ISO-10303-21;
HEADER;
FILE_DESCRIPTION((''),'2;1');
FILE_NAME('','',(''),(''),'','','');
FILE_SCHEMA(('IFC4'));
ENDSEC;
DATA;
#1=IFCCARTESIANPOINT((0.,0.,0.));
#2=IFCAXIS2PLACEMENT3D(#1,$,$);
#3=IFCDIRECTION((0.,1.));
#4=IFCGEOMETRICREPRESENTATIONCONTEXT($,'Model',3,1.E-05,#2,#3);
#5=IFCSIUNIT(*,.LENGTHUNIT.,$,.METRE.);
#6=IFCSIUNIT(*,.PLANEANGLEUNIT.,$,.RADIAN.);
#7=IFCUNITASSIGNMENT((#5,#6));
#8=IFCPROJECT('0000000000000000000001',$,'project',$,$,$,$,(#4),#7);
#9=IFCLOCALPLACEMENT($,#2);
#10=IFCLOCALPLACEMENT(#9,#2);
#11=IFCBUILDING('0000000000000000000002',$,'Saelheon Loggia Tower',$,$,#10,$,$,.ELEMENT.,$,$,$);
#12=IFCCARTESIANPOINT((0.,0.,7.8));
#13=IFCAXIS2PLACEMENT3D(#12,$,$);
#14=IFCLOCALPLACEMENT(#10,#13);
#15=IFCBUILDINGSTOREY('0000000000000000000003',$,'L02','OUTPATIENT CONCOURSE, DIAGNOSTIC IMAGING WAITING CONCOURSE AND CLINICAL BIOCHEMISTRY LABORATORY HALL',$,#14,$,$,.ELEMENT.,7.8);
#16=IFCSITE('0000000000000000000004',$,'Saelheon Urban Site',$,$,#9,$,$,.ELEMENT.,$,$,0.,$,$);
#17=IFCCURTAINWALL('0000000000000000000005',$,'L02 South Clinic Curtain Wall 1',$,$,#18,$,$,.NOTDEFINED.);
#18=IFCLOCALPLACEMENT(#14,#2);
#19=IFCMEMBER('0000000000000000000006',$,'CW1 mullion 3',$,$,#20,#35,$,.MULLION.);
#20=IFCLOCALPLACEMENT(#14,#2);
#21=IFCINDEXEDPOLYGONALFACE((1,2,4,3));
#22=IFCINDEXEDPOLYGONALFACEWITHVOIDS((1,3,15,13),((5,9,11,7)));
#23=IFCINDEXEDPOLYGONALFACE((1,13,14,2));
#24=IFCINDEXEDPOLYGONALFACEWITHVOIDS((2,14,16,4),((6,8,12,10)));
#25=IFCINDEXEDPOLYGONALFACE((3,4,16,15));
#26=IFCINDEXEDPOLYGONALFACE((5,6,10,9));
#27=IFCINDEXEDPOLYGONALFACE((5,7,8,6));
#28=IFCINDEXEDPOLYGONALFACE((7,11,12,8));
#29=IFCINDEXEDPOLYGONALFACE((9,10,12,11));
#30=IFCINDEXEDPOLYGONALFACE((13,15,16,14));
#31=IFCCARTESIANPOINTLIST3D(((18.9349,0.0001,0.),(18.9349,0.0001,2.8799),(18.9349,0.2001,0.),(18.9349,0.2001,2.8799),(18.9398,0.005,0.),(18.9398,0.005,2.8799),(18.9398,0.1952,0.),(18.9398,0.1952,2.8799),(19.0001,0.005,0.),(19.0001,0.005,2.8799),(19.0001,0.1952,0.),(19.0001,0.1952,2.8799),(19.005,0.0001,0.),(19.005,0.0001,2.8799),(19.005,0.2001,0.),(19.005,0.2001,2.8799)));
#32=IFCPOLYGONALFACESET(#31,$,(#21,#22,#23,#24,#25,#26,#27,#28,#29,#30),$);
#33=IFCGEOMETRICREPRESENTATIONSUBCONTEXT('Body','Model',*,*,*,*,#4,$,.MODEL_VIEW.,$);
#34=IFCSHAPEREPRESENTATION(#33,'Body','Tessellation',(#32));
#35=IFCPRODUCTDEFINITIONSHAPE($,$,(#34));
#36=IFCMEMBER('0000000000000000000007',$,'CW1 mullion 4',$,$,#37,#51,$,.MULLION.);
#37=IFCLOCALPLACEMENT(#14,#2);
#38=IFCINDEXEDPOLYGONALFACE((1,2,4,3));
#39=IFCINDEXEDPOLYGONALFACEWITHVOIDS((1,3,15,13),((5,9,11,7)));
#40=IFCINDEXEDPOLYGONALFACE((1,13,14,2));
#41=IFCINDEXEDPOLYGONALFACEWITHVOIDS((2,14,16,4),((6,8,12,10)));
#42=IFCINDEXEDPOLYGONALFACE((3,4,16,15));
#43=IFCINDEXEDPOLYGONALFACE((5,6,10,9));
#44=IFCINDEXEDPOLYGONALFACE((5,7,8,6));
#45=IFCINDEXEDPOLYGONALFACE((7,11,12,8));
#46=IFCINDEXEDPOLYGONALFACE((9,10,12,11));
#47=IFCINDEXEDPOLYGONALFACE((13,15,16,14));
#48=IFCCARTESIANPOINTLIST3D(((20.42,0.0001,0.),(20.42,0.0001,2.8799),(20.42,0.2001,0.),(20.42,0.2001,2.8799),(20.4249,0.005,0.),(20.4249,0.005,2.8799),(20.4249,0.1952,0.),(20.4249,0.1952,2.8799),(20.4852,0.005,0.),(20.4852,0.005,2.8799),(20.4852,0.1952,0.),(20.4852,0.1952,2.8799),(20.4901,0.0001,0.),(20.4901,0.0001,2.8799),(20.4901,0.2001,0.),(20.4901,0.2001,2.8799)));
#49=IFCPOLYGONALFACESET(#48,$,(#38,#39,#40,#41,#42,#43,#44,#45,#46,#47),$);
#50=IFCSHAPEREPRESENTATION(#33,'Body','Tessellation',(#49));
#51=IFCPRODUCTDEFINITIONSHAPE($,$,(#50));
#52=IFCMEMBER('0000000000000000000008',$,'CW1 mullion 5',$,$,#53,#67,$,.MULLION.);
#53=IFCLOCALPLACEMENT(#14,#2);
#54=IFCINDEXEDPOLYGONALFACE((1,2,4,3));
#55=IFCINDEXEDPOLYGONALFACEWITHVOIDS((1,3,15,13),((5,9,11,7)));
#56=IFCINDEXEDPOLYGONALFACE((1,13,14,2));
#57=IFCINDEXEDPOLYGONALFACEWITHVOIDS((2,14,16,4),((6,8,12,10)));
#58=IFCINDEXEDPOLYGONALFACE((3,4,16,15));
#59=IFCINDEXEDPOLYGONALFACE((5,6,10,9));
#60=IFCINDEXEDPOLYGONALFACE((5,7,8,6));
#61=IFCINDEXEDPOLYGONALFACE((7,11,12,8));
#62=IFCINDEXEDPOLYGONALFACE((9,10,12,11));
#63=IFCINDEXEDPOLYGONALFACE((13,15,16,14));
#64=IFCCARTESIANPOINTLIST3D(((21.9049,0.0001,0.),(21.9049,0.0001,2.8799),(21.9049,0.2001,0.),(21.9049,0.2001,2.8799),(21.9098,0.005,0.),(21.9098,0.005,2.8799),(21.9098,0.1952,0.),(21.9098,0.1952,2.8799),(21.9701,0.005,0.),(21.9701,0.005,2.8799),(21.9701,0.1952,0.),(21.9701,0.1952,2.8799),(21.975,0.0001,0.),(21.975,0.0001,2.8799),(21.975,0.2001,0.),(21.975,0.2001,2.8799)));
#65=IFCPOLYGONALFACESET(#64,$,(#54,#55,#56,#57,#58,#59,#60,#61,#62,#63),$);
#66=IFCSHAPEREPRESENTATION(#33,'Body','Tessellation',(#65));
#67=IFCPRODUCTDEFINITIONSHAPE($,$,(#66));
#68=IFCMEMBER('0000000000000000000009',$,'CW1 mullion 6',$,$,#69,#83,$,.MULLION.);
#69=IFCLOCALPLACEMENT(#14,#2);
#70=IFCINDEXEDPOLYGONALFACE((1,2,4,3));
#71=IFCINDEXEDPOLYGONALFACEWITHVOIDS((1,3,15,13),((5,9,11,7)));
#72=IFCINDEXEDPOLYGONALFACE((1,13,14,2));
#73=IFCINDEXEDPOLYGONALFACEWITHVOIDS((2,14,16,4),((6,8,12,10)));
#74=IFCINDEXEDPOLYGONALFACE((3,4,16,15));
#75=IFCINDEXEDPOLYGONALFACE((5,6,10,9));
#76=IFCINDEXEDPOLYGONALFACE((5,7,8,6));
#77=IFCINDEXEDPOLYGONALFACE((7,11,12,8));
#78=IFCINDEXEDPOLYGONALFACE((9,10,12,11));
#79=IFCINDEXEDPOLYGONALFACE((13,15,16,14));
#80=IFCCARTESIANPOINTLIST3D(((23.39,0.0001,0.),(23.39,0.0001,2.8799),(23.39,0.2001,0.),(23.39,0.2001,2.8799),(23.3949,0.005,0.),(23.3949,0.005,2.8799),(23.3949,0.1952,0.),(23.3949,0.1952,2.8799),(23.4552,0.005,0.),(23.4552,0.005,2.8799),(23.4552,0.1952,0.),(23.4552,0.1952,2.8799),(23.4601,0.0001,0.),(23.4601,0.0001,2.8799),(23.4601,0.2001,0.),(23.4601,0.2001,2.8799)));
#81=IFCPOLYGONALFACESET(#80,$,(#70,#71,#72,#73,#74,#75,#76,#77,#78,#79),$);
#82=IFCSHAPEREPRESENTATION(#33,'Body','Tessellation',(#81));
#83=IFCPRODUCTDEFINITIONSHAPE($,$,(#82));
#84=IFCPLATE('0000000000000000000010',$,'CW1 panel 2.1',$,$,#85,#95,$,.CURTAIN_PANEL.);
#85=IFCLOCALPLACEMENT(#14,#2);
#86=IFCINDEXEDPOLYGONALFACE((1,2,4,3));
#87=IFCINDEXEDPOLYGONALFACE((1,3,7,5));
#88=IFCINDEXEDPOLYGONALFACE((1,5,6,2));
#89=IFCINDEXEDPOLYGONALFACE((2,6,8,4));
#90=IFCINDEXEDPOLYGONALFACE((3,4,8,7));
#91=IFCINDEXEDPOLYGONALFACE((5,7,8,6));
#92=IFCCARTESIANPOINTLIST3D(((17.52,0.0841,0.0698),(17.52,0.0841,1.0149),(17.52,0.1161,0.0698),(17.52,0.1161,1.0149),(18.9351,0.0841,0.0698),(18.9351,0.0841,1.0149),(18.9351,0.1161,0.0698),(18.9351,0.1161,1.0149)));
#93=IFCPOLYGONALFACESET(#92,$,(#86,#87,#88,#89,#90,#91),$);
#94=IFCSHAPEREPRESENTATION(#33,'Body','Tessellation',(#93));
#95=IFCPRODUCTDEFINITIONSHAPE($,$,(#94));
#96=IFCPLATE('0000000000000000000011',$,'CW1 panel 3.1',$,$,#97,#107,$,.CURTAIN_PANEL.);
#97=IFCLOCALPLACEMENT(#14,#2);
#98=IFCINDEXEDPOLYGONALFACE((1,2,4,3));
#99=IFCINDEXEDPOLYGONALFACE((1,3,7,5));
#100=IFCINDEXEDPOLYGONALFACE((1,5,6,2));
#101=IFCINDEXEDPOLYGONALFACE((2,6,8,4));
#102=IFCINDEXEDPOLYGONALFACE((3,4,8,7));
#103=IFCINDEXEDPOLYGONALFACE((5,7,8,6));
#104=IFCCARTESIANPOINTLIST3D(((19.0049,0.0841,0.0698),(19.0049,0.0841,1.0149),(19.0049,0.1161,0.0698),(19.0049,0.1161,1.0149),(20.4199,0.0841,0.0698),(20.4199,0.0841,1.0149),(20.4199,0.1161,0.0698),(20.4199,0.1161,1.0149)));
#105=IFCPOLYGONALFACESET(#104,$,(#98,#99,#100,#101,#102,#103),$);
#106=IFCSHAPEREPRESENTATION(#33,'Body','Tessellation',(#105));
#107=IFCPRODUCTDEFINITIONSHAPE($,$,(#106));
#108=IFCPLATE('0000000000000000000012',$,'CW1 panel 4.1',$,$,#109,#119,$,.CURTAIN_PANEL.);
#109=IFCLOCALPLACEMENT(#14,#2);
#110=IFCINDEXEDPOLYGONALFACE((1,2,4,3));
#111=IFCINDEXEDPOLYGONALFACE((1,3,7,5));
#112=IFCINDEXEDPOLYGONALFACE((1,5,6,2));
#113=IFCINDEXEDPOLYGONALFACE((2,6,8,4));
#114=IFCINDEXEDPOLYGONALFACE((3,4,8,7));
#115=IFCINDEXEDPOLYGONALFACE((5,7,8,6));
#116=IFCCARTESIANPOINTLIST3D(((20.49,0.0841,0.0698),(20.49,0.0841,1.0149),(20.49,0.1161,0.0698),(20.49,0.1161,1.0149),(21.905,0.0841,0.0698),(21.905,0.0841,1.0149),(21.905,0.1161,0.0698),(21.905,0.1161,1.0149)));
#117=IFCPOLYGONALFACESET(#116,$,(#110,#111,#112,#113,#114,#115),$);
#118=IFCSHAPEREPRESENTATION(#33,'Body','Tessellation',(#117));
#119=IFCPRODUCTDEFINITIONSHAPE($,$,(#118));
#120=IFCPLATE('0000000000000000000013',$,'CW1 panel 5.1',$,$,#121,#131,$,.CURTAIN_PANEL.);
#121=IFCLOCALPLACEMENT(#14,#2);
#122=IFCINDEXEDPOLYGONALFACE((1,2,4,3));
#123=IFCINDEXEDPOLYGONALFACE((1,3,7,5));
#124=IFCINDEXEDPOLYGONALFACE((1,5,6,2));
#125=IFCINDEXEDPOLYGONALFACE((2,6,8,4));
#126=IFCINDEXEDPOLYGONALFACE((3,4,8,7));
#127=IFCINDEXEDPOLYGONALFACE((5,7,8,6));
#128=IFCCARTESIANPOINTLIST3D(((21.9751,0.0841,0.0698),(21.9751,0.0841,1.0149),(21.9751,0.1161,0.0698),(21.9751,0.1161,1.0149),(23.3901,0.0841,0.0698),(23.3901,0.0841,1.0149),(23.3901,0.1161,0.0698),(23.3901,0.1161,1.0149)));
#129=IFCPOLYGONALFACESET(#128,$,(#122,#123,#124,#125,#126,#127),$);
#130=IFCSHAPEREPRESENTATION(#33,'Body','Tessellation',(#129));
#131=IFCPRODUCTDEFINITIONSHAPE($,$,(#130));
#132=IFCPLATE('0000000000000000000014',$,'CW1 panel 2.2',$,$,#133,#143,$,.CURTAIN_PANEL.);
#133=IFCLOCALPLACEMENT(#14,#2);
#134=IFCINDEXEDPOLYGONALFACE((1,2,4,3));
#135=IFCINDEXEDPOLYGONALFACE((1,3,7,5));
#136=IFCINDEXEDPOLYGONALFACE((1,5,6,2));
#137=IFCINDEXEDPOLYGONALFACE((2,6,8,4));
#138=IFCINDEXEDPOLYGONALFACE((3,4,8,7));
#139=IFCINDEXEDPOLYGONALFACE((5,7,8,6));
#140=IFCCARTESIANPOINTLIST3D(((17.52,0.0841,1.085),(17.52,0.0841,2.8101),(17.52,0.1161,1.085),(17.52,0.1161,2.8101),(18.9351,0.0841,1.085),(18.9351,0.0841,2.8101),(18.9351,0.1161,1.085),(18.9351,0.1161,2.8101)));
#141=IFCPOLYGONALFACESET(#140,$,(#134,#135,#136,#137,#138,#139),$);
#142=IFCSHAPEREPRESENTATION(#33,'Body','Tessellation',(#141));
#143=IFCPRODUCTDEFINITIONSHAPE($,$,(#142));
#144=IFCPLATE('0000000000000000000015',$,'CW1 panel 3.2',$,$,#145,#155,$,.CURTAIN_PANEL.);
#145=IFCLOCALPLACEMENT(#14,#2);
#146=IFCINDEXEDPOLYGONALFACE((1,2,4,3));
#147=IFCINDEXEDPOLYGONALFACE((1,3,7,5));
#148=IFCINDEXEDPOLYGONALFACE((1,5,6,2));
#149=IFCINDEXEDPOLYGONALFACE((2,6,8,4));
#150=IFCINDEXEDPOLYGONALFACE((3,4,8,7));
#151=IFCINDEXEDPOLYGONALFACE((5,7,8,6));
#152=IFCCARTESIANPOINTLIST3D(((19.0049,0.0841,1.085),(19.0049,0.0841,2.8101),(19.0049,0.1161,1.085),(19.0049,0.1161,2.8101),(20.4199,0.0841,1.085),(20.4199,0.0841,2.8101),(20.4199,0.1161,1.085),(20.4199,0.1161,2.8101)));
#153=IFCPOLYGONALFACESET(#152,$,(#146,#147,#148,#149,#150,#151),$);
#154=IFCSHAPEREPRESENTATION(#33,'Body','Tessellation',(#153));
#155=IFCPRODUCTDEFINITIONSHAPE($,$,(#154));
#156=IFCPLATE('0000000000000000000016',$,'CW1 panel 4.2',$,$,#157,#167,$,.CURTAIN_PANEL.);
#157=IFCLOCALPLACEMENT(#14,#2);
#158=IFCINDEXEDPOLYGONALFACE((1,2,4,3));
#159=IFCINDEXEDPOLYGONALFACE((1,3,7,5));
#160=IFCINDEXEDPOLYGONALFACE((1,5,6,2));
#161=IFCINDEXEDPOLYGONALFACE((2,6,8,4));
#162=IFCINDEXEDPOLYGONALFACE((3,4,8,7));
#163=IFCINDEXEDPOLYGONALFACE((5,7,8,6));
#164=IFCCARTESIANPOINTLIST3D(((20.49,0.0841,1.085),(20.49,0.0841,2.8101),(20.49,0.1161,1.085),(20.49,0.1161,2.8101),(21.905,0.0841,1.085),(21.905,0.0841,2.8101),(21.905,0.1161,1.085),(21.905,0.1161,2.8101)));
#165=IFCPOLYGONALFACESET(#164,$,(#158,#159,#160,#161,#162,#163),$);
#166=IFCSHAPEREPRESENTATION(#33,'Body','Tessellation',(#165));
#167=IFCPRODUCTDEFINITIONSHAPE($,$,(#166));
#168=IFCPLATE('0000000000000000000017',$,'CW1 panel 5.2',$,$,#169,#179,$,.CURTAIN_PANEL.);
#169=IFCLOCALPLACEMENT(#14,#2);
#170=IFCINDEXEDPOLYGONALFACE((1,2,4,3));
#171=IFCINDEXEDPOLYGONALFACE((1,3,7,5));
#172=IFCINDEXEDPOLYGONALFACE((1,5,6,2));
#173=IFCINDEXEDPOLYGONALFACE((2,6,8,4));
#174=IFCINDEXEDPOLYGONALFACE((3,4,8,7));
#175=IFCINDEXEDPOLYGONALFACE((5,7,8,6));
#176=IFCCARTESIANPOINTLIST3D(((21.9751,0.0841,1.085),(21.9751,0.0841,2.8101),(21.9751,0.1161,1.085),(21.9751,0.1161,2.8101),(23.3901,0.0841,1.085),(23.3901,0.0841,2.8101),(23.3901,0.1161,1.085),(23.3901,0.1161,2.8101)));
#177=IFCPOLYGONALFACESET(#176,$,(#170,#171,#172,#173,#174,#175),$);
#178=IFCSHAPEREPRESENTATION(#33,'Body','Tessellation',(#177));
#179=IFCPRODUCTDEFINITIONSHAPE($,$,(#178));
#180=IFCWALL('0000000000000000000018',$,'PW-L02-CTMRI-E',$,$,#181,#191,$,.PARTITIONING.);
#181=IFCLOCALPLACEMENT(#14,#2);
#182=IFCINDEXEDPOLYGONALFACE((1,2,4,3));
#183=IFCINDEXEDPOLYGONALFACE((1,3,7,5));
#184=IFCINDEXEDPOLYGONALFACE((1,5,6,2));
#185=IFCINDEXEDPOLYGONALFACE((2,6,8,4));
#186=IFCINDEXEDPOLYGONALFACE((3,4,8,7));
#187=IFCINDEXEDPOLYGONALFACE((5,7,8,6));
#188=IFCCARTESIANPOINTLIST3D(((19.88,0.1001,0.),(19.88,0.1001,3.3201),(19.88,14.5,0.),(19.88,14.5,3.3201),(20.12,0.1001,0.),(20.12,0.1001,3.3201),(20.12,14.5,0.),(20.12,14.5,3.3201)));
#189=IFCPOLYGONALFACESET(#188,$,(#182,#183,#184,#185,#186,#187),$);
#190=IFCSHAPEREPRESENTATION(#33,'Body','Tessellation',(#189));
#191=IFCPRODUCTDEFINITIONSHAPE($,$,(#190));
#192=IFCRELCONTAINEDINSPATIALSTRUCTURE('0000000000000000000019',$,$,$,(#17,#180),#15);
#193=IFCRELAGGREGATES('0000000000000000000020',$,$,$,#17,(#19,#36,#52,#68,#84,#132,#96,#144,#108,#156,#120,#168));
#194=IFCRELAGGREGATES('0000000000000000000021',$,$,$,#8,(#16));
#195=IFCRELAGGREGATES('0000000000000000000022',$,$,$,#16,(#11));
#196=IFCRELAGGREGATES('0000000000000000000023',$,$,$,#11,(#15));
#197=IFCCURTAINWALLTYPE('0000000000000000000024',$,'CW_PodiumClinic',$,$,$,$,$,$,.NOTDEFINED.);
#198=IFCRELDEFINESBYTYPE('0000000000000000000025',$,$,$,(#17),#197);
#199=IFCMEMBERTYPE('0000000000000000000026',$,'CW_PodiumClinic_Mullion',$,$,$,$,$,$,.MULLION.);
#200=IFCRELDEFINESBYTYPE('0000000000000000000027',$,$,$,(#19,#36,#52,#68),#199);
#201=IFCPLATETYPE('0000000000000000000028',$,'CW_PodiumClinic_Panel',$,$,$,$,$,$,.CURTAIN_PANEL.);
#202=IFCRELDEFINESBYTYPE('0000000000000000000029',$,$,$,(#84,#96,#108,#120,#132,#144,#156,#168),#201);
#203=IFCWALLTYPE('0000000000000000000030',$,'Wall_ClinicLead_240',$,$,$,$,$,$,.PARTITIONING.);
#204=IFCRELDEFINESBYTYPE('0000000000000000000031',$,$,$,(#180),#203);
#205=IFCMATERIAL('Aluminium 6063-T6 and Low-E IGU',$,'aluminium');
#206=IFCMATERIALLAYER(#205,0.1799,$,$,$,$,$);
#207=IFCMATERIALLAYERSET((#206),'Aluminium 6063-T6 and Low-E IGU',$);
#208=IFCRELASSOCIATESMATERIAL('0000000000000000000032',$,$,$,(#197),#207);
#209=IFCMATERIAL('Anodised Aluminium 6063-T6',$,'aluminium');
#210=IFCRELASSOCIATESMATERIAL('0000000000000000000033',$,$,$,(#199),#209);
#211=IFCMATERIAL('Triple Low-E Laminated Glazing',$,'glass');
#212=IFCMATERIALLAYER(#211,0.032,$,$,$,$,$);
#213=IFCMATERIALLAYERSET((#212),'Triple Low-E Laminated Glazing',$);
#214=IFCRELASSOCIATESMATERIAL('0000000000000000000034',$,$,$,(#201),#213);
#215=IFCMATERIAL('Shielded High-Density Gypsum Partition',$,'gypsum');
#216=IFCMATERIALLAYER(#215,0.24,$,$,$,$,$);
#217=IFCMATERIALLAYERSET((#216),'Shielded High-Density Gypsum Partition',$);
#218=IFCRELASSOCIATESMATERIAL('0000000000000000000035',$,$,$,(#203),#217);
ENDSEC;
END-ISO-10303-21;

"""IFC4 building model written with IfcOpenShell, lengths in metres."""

from ifc_helpers import new_model, si_unit, direction, frame, frame_2d, origin, origin_2d, place, context, subcontext, project, spatial, rectangle, hollow_rectangle, extrude, source, transform, mapped, material, layer, layer_set, material_profile, profile_set, type_object, element, aggregate, save


model = new_model("IFC4")

# Units and contexts
model_context = context("Model", 3, precision=1e-05, world=origin(), true_north=direction((0.0, 1.0)))
body_context = subcontext(model_context, "Body", "Model", "MODEL_VIEW")
ifc_project = project(units=[si_unit("LENGTHUNIT", "METRE"), si_unit("PLANEANGLEUNIT", "RADIAN")], contexts=[model_context])

# Site, building, storey
site_placement = place(None, origin())
site = spatial("IfcSite", under=ifc_project, at=site_placement, Name="Saelheon Urban Site", CompositionType="ELEMENT", RefElevation=0.0)
building_placement = place(site_placement, origin())
building = spatial("IfcBuilding", under=site, at=building_placement, Name="Saelheon Loggia Tower", CompositionType="ELEMENT")
storey_placement = place(building_placement, frame((0.0, 0.0, 7.8)))
storey = spatial("IfcBuildingStorey", under=building, at=storey_placement, Name="L02", Description="OUTPATIENT CONCOURSE, DIAGNOSTIC IMAGING WAITING CONCOURSE AND CLINICAL BIOCHEMISTRY LABORATORY HALL", CompositionType="ELEMENT", Elevation=7.8)

# Curtain wall, members, plates
ifc_material_1 = material(Name="Aluminium 6063-T6 and Low-E IGU", Category="aluminium")
ifc_layer_1 = layer(ifc_material_1, 0.1799)
ifc_layer_set_1 = layer_set([ifc_layer_1], Name="Aluminium 6063-T6 and Low-E IGU")
curtain_wall_type = type_object("IfcCurtainWallType", Name="CW_PodiumClinic", PredefinedType="NOTDEFINED", material=ifc_layer_set_1)
curtain_wall_placement = place(storey_placement, origin())
curtain_wall = element("IfcCurtainWall", 1, at=curtain_wall_placement, inside=storey, type_object=curtain_wall_type, Name="L02 South Clinic Curtain Wall 1", PredefinedType="NOTDEFINED")
ifc_material_2 = material(Name="Anodised Aluminium 6063-T6", Category="aluminium")
ifc_material_profile_1 = material_profile(ifc_material_2, hollow_rectangle(XDim=0.0701, YDim=0.2, WallThickness=0.0049, at=origin_2d()), Name="RHS-200x70x5")
ifc_profile_set_1 = profile_set([ifc_material_profile_1], Name="Anodised Aluminium 6063-T6")
member_type_1 = type_object("IfcMemberType", Name="CW_PodiumClinic_Mullion", PredefinedType="MULLION", material=ifc_profile_set_1)
shared_shape_1 = source(origin(), body_context, "Body", "SweptSolid", [
    extrude(hollow_rectangle(XDim=0.0701, YDim=0.2, WallThickness=0.0049, at=origin_2d()), origin(), (0.0, 0.0, 1.0), 2.8799),
])
member_1_placement = place(storey_placement, frame((18.97, 0.1001, 0.0), z_axis=(0.0, 0.0, 1.0), x_axis=(1.0, 0.0, 0.0)))
member_1 = element("IfcMember", 2, at=member_1_placement, type_object=member_type_1, Name="CW1 mullion 3", PredefinedType="MULLION", context=body_context, shape_type="MappedRepresentation", body=[
    mapped(shared_shape_1, transform((0.0, 0.0, 0.0), scale=1.0)),
])
member_2_placement = place(storey_placement, frame((20.4551, 0.1001, 0.0), z_axis=(0.0, 0.0, 1.0), x_axis=(1.0, 0.0, 0.0)))
member_2 = element("IfcMember", 3, at=member_2_placement, type_object=member_type_1, Name="CW1 mullion 4", PredefinedType="MULLION", context=body_context, shape_type="MappedRepresentation", body=[
    mapped(shared_shape_1, transform((0.0, 0.0, 0.0), scale=1.0)),
])
member_3_placement = place(storey_placement, frame((21.9399, 0.1001, 0.0), z_axis=(0.0, 0.0, 1.0), x_axis=(1.0, 0.0, 0.0)))
member_3 = element("IfcMember", 4, at=member_3_placement, type_object=member_type_1, Name="CW1 mullion 5", PredefinedType="MULLION", context=body_context, shape_type="MappedRepresentation", body=[
    mapped(shared_shape_1, transform((0.0, 0.0, 0.0), scale=1.0)),
])
member_4_placement = place(storey_placement, frame((23.425, 0.1001, 0.0), z_axis=(0.0, 0.0, 1.0), x_axis=(1.0, 0.0, 0.0)))
member_4 = element("IfcMember", 5, at=member_4_placement, type_object=member_type_1, Name="CW1 mullion 6", PredefinedType="MULLION", context=body_context, shape_type="MappedRepresentation", body=[
    mapped(shared_shape_1, transform((0.0, 0.0, 0.0), scale=1.0)),
])
ifc_material_3 = material(Name="Triple Low-E Laminated Glazing", Category="glass")
ifc_layer_2 = layer(ifc_material_3, 0.032)
ifc_layer_set_2 = layer_set([ifc_layer_2], Name="Triple Low-E Laminated Glazing")
plate_type = type_object("IfcPlateType", Name="CW_PodiumClinic_Panel", PredefinedType="CURTAIN_PANEL", material=ifc_layer_set_2)
shared_shape_2 = source(origin(), body_context, "Body", "SweptSolid", [
    extrude(rectangle(XDim=1.415, YDim=0.032, at=origin_2d()), origin(), (0.0, 0.0, 1.0), 0.9451),
])
plate_1_placement = place(storey_placement, frame((18.2275, 0.1001, 0.0698), z_axis=(0.0, 0.0, 1.0), x_axis=(1.0, 0.0, 0.0)))
plate_1 = element("IfcPlate", 6, at=plate_1_placement, type_object=plate_type, Name="CW1 panel 2.1", PredefinedType="CURTAIN_PANEL", context=body_context, shape_type="MappedRepresentation", body=[
    mapped(shared_shape_2, transform((0.0, 0.0, 0.0), scale=1.0)),
])
plate_2_placement = place(storey_placement, frame((19.7124, 0.1001, 0.0698), z_axis=(0.0, 0.0, 1.0), x_axis=(1.0, 0.0, 0.0)))
plate_2 = element("IfcPlate", 7, at=plate_2_placement, type_object=plate_type, Name="CW1 panel 3.1", PredefinedType="CURTAIN_PANEL", context=body_context, shape_type="MappedRepresentation", body=[
    mapped(shared_shape_2, transform((0.0, 0.0, 0.0), scale=1.0)),
])
plate_3_placement = place(storey_placement, frame((21.1975, 0.1001, 0.0698), z_axis=(0.0, 0.0, 1.0), x_axis=(1.0, 0.0, 0.0)))
plate_3 = element("IfcPlate", 8, at=plate_3_placement, type_object=plate_type, Name="CW1 panel 4.1", PredefinedType="CURTAIN_PANEL", context=body_context, shape_type="MappedRepresentation", body=[
    mapped(shared_shape_2, transform((0.0, 0.0, 0.0), scale=1.0)),
])
plate_4_placement = place(storey_placement, frame((22.6826, 0.1001, 0.0698), z_axis=(0.0, 0.0, 1.0), x_axis=(1.0, 0.0, 0.0)))
plate_4 = element("IfcPlate", 9, at=plate_4_placement, type_object=plate_type, Name="CW1 panel 5.1", PredefinedType="CURTAIN_PANEL", context=body_context, shape_type="MappedRepresentation", body=[
    mapped(shared_shape_2, transform((0.0, 0.0, 0.0), scale=1.0)),
])
shared_shape_3 = source(origin(), body_context, "Body", "SweptSolid", [
    extrude(rectangle(XDim=1.415, YDim=0.032, at=origin_2d()), origin(), (0.0, 0.0, 1.0), 1.7251),
])
plate_5_placement = place(storey_placement, frame((18.2275, 0.1001, 1.085), z_axis=(0.0, 0.0, 1.0), x_axis=(1.0, 0.0, 0.0)))
plate_5 = element("IfcPlate", 10, at=plate_5_placement, type_object=plate_type, Name="CW1 panel 2.2", PredefinedType="CURTAIN_PANEL", context=body_context, shape_type="MappedRepresentation", body=[
    mapped(shared_shape_3, transform((0.0, 0.0, 0.0), scale=1.0)),
])
plate_6_placement = place(storey_placement, frame((19.7124, 0.1001, 1.085), z_axis=(0.0, 0.0, 1.0), x_axis=(1.0, 0.0, 0.0)))
plate_6 = element("IfcPlate", 11, at=plate_6_placement, type_object=plate_type, Name="CW1 panel 3.2", PredefinedType="CURTAIN_PANEL", context=body_context, shape_type="MappedRepresentation", body=[
    mapped(shared_shape_3, transform((0.0, 0.0, 0.0), scale=1.0)),
])
plate_7_placement = place(storey_placement, frame((21.1975, 0.1001, 1.085), z_axis=(0.0, 0.0, 1.0), x_axis=(1.0, 0.0, 0.0)))
plate_7 = element("IfcPlate", 12, at=plate_7_placement, type_object=plate_type, Name="CW1 panel 4.2", PredefinedType="CURTAIN_PANEL", context=body_context, shape_type="MappedRepresentation", body=[
    mapped(shared_shape_3, transform((0.0, 0.0, 0.0), scale=1.0)),
])
plate_8_placement = place(storey_placement, frame((22.6826, 0.1001, 1.085), z_axis=(0.0, 0.0, 1.0), x_axis=(1.0, 0.0, 0.0)))
plate_8 = element("IfcPlate", 13, at=plate_8_placement, type_object=plate_type, Name="CW1 panel 5.2", PredefinedType="CURTAIN_PANEL", context=body_context, shape_type="MappedRepresentation", body=[
    mapped(shared_shape_3, transform((0.0, 0.0, 0.0), scale=1.0)),
])
aggregate(curtain_wall, [member_1, member_2, member_3, member_4, plate_1, plate_5, plate_2, plate_6, plate_3, plate_7, plate_4, plate_8])

# Wall
ifc_material_4 = material(Name="Shielded High-Density Gypsum Partition", Category="gypsum")
ifc_layer_3 = layer(ifc_material_4, 0.24)
ifc_layer_set_3 = layer_set([ifc_layer_3], Name="Shielded High-Density Gypsum Partition")
wall_type = type_object("IfcWallType", Name="Wall_ClinicLead_240", PredefinedType="PARTITIONING", material=ifc_layer_set_3)
wall_1_placement = place(storey_placement, frame((20.0, 0.1001, 0.0), z_axis=(0.0, 0.0, 1.0), x_axis=(0.0, 1.0, 0.0)))
element("IfcWall", 14, at=wall_1_placement, inside=storey, type_object=wall_type, Name="PW-L02-CTMRI-E", PredefinedType="PARTITIONING", context=body_context, shape_type="SweptSolid", body=[
    extrude(rectangle(XDim=14.3999, YDim=0.24, at=frame_2d((7.2, 0.0))), origin(), (0.0, 0.0, 1.0), 3.3201),
])

save(model, "model.ifc")
